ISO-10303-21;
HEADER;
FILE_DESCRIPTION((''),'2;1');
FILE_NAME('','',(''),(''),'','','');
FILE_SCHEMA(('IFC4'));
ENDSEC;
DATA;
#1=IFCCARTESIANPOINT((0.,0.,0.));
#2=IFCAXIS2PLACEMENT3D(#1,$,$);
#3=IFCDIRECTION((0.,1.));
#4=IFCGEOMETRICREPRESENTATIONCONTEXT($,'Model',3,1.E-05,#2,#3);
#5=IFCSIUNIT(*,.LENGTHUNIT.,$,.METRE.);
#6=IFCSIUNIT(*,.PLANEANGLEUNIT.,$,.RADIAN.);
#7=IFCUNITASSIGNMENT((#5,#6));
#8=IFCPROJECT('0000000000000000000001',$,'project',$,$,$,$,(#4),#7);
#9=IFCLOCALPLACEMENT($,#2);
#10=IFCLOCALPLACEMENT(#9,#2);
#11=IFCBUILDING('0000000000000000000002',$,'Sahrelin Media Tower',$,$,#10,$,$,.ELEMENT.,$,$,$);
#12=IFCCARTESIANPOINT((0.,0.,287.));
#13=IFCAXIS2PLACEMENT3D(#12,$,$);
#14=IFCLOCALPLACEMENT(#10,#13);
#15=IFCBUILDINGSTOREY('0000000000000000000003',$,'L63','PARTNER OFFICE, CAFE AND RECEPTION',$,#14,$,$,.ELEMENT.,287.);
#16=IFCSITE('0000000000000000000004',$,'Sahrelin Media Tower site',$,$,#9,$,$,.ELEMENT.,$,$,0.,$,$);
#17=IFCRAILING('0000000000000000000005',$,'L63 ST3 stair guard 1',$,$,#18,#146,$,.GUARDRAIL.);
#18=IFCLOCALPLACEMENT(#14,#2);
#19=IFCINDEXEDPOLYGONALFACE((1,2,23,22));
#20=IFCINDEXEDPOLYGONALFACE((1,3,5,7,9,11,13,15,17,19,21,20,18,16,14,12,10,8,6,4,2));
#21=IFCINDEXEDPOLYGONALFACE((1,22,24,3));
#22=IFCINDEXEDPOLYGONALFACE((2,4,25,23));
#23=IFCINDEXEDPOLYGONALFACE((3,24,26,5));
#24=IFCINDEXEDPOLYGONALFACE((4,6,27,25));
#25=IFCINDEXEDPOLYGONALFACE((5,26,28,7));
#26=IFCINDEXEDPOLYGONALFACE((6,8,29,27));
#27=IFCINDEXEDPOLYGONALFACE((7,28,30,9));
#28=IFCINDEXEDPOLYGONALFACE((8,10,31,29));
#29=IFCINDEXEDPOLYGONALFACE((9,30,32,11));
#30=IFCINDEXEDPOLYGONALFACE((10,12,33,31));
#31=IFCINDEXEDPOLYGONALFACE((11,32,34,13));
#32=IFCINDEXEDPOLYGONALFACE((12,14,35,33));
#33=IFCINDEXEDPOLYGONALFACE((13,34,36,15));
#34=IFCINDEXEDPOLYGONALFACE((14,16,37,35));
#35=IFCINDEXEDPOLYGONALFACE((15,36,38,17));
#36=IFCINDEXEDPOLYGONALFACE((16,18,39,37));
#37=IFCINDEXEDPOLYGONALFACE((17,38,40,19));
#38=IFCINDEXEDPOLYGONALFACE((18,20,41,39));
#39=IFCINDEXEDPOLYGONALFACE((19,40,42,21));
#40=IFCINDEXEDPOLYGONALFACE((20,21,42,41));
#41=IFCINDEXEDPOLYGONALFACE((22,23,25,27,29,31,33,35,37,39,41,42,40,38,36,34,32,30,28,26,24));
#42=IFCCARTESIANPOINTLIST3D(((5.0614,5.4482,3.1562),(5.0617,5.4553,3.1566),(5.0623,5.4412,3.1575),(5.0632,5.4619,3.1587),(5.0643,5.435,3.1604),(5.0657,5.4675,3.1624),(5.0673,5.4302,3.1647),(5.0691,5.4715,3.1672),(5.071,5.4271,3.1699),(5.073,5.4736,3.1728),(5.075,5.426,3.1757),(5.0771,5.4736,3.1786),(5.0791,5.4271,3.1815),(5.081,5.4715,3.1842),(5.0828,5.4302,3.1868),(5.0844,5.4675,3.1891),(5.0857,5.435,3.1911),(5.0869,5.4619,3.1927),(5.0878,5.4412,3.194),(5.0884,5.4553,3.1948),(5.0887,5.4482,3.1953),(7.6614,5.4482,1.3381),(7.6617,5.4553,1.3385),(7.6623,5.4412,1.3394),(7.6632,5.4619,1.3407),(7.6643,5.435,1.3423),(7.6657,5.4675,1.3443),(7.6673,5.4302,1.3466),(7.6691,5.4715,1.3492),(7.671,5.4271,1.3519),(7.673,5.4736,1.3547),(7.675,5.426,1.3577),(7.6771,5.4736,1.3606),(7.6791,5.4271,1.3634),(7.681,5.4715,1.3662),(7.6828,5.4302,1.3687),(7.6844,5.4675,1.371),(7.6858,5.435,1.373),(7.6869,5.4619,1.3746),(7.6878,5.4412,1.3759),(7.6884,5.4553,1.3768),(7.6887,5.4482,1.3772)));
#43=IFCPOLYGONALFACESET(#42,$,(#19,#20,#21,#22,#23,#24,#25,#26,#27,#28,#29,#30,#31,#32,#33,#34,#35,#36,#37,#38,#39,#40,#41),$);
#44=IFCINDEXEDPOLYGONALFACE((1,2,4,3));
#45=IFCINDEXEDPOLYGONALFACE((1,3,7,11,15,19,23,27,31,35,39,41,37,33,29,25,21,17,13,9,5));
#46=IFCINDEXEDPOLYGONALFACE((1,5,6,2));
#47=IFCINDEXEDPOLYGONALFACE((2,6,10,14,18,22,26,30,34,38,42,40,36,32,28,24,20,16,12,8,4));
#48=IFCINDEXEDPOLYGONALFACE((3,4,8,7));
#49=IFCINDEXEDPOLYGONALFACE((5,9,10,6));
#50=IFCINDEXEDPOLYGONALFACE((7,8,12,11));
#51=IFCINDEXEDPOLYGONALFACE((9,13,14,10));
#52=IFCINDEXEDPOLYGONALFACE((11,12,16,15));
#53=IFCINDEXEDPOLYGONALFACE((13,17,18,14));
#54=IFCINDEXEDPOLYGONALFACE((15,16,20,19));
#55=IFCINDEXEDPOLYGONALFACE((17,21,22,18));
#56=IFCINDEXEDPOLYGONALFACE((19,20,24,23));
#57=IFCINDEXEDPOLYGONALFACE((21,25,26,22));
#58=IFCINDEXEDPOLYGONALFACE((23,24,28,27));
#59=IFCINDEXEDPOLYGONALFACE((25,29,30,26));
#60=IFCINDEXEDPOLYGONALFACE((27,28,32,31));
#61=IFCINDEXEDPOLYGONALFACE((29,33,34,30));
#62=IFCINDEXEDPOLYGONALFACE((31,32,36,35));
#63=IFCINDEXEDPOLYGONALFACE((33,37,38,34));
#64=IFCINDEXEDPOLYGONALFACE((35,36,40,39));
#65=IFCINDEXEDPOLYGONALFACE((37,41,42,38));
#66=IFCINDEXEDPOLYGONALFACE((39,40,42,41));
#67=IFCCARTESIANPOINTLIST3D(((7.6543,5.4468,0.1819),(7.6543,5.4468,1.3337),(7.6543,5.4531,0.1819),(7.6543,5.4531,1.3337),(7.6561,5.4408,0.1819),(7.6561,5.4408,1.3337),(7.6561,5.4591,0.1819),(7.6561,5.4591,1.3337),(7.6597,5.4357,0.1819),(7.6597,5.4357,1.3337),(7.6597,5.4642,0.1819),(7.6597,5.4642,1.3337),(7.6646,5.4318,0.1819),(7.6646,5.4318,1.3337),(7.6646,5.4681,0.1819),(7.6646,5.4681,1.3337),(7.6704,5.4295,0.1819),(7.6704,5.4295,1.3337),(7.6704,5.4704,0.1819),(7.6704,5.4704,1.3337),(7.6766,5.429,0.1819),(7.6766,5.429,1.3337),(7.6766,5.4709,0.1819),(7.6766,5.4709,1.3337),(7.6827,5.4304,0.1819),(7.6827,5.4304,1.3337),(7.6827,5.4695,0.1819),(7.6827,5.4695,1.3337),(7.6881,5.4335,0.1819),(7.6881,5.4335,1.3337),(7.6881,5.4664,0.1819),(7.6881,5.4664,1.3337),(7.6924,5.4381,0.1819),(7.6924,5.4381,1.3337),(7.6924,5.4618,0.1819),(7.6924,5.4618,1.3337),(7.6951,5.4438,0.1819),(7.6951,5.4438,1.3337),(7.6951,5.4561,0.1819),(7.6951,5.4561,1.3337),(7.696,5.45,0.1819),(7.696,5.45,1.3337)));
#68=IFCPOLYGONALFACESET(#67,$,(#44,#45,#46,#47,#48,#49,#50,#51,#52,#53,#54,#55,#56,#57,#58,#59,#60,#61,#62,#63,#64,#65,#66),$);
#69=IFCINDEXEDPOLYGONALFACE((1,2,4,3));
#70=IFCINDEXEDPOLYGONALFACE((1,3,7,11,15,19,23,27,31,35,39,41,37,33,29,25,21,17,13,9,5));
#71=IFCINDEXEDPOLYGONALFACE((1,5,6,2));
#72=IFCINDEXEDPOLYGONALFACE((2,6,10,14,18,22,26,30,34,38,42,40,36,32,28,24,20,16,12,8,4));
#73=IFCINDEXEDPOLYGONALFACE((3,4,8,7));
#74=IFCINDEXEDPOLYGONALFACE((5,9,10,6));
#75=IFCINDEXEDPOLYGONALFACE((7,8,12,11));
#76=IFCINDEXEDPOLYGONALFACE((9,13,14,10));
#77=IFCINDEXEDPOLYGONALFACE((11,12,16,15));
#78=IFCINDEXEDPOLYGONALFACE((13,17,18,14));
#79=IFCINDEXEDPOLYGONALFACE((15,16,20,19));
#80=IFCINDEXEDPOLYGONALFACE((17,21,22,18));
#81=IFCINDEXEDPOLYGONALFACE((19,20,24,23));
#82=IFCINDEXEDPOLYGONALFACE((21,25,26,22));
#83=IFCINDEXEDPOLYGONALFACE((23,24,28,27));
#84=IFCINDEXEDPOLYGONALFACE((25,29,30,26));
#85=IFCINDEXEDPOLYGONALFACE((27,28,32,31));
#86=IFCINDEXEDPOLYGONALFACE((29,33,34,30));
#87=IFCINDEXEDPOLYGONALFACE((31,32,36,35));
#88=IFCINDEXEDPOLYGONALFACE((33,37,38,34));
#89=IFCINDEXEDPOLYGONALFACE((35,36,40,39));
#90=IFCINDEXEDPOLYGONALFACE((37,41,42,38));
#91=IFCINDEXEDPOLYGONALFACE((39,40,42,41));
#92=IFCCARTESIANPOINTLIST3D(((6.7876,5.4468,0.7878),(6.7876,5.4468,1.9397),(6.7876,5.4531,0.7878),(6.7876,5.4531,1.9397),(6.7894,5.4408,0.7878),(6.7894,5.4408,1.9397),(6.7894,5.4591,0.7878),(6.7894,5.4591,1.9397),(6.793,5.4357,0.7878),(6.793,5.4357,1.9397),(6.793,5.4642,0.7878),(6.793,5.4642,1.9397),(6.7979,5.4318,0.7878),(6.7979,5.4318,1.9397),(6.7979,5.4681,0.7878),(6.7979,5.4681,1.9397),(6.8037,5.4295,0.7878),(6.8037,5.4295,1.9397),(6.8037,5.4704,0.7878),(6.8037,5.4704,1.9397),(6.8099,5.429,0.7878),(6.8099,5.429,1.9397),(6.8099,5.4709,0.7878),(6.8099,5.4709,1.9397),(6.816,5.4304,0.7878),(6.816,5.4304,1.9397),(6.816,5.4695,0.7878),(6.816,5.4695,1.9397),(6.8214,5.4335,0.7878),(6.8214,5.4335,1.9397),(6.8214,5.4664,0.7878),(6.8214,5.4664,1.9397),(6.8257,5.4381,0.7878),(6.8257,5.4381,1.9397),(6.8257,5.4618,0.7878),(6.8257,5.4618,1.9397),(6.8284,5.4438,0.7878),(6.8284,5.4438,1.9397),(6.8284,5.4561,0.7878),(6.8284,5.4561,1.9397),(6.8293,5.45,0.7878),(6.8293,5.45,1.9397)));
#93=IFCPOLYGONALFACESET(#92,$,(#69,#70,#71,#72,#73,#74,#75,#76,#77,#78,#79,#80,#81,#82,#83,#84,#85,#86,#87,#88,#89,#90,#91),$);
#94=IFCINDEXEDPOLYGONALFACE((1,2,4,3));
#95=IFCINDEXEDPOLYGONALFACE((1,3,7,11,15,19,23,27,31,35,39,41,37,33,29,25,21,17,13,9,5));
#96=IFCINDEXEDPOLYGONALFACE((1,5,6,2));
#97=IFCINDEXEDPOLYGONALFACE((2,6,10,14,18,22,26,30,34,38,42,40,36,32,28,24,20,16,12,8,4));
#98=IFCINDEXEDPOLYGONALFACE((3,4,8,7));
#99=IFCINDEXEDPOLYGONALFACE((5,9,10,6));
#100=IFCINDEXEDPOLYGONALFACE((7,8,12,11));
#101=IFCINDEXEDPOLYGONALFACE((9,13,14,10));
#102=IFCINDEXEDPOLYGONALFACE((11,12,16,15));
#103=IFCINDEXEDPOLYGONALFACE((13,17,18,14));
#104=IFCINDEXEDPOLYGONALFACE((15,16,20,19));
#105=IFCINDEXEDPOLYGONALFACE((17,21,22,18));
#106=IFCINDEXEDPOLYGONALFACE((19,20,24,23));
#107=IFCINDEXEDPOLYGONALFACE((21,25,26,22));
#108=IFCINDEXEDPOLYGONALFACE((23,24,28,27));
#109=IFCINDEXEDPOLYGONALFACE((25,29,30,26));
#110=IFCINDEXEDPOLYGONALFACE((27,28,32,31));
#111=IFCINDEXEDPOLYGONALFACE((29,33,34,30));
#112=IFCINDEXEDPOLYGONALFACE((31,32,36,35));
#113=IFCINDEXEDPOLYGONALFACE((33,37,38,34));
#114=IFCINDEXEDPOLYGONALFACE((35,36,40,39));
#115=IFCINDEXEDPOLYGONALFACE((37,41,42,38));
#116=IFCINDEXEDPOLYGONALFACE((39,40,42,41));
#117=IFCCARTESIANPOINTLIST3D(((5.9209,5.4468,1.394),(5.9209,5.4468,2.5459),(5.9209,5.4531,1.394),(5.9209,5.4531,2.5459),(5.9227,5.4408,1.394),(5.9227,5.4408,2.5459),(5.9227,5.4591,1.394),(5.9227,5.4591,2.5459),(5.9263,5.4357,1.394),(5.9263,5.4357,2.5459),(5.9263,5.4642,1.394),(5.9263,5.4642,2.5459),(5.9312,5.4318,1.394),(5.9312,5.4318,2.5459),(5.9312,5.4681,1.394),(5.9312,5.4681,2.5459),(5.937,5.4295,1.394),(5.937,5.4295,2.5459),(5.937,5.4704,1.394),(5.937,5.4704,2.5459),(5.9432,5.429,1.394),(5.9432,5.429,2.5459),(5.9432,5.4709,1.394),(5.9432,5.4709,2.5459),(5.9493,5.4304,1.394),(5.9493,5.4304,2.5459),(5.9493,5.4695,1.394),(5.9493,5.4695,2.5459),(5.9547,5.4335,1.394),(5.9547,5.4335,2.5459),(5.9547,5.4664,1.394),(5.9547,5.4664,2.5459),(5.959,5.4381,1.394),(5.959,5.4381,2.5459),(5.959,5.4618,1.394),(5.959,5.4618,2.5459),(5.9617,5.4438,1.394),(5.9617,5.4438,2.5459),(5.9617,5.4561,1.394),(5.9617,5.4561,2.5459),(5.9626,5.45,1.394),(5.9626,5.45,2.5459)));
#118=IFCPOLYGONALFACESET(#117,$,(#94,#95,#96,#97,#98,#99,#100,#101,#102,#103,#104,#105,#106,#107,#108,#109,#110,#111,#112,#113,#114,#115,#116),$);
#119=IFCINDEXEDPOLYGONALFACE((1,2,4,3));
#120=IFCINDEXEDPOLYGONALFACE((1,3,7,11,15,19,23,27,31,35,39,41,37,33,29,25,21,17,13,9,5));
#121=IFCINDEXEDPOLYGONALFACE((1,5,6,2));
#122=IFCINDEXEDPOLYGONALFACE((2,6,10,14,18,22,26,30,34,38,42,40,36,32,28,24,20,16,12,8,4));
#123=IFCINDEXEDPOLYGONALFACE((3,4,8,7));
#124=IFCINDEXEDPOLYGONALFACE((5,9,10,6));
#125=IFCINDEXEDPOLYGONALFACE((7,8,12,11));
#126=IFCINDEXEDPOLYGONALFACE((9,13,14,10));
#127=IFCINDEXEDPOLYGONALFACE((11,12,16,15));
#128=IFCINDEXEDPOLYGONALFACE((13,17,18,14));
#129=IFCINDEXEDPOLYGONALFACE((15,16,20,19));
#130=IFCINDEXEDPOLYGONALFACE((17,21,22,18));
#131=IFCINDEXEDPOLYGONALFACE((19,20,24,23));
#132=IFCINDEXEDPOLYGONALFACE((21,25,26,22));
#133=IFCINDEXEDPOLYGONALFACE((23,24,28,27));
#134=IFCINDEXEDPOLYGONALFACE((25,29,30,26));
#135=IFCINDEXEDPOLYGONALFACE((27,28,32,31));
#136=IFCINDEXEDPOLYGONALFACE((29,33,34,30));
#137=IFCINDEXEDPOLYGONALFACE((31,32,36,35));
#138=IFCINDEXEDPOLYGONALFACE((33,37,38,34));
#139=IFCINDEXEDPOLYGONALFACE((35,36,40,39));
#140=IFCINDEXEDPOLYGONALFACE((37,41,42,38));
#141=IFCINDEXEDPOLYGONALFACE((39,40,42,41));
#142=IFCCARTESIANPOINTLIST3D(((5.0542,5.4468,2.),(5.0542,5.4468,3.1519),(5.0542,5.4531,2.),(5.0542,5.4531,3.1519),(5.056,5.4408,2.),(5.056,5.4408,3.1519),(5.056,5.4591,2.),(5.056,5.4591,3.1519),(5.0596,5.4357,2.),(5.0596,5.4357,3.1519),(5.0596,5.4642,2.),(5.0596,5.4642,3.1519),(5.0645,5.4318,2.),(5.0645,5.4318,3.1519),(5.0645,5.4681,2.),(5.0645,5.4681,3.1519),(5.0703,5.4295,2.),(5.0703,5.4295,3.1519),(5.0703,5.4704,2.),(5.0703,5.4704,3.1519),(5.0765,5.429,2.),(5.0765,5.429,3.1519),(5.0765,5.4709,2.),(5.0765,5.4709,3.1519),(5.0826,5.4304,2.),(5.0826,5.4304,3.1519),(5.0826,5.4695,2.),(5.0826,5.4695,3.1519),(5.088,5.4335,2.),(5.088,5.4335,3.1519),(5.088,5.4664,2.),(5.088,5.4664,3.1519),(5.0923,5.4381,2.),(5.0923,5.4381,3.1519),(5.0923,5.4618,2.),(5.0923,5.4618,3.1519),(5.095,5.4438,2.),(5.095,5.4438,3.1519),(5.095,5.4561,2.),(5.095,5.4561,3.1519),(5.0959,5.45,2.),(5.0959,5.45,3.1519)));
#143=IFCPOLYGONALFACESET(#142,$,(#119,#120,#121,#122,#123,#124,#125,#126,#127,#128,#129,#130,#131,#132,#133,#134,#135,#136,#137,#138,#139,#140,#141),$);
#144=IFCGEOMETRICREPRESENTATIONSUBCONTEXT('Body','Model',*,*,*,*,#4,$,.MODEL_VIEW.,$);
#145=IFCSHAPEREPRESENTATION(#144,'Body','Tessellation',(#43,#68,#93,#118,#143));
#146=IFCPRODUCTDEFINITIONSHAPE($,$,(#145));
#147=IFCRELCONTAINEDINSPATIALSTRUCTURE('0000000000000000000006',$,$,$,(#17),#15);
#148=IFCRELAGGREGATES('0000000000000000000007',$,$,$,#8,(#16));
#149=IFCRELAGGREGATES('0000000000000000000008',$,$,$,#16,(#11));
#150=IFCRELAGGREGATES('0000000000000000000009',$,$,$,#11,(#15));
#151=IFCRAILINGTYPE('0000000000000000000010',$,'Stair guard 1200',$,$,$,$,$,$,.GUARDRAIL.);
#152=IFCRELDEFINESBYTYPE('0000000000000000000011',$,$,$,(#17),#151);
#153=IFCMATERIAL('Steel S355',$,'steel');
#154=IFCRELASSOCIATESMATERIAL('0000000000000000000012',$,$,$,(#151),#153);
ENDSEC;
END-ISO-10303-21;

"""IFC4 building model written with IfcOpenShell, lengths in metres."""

from ifc_helpers import new_model, si_unit, direction, frame, origin, origin_2d, place, context, subcontext, project, spatial, circle, extrude, material, type_object, element, save


model = new_model("IFC4")

# Units and contexts
model_context = context("Model", 3, precision=1e-05, world=origin(), true_north=direction((0.0, 1.0)))
body_context = subcontext(model_context, "Body", "Model", "MODEL_VIEW")
ifc_project = project(units=[si_unit("LENGTHUNIT", "METRE"), si_unit("PLANEANGLEUNIT", "RADIAN")], contexts=[model_context])

# Site, building, storey
site_placement = place(None, origin())
site = spatial("IfcSite", under=ifc_project, at=site_placement, Name="Sahrelin Media Tower site", CompositionType="ELEMENT", RefElevation=0.0)
building_placement = place(site_placement, origin())
building = spatial("IfcBuilding", under=site, at=building_placement, Name="Sahrelin Media Tower", CompositionType="ELEMENT")
storey_placement = place(building_placement, frame((0.0, 0.0, 287.0)))
storey = spatial("IfcBuildingStorey", under=building, at=storey_placement, Name="L63", Description="PARTNER OFFICE, CAFE AND RECEPTION", CompositionType="ELEMENT", Elevation=287.0)

# Shared definitions
ifc_material_1 = material(Name="Steel S355", Category="steel")

# Railing
railing_type_1 = type_object("IfcRailingType", Name="Stair guard 1200", PredefinedType="GUARDRAIL", material=ifc_material_1)
railing_1_placement = place(storey_placement, frame((7.675, 5.45, 0.1819)))
element("IfcRailing", 1, at=railing_1_placement, inside=storey, type_object=railing_type_1, Name="L63 ST3 stair guard 1", PredefinedType="GUARDRAIL", context=body_context, shape_type="SweptSolid", body=[
    extrude(circle(Radius=0.0239, at=origin_2d()), frame((0.0, 0.0, 1.1758), z_axis=(-0.819521, 0.0, 0.573049), x_axis=(0.0, -1.0, 0.0)), (0.0, 0.0, 1.0), 3.1726),
    extrude(circle(Radius=0.021, at=origin_2d()), origin(), (0.0, 0.0, 1.0), 1.1519),
    extrude(circle(Radius=0.021, at=origin_2d()), frame((-0.8667, 0.0, 0.606)), (0.0, 0.0, 1.0), 1.1519),
    extrude(circle(Radius=0.021, at=origin_2d()), frame((-1.7334, 0.0, 1.2122)), (0.0, 0.0, 1.0), 1.1519),
    extrude(circle(Radius=0.021, at=origin_2d()), frame((-2.6001, 0.0, 1.8181)), (0.0, 0.0, 1.0), 1.1519),
])

save(model, "model.ifc")
